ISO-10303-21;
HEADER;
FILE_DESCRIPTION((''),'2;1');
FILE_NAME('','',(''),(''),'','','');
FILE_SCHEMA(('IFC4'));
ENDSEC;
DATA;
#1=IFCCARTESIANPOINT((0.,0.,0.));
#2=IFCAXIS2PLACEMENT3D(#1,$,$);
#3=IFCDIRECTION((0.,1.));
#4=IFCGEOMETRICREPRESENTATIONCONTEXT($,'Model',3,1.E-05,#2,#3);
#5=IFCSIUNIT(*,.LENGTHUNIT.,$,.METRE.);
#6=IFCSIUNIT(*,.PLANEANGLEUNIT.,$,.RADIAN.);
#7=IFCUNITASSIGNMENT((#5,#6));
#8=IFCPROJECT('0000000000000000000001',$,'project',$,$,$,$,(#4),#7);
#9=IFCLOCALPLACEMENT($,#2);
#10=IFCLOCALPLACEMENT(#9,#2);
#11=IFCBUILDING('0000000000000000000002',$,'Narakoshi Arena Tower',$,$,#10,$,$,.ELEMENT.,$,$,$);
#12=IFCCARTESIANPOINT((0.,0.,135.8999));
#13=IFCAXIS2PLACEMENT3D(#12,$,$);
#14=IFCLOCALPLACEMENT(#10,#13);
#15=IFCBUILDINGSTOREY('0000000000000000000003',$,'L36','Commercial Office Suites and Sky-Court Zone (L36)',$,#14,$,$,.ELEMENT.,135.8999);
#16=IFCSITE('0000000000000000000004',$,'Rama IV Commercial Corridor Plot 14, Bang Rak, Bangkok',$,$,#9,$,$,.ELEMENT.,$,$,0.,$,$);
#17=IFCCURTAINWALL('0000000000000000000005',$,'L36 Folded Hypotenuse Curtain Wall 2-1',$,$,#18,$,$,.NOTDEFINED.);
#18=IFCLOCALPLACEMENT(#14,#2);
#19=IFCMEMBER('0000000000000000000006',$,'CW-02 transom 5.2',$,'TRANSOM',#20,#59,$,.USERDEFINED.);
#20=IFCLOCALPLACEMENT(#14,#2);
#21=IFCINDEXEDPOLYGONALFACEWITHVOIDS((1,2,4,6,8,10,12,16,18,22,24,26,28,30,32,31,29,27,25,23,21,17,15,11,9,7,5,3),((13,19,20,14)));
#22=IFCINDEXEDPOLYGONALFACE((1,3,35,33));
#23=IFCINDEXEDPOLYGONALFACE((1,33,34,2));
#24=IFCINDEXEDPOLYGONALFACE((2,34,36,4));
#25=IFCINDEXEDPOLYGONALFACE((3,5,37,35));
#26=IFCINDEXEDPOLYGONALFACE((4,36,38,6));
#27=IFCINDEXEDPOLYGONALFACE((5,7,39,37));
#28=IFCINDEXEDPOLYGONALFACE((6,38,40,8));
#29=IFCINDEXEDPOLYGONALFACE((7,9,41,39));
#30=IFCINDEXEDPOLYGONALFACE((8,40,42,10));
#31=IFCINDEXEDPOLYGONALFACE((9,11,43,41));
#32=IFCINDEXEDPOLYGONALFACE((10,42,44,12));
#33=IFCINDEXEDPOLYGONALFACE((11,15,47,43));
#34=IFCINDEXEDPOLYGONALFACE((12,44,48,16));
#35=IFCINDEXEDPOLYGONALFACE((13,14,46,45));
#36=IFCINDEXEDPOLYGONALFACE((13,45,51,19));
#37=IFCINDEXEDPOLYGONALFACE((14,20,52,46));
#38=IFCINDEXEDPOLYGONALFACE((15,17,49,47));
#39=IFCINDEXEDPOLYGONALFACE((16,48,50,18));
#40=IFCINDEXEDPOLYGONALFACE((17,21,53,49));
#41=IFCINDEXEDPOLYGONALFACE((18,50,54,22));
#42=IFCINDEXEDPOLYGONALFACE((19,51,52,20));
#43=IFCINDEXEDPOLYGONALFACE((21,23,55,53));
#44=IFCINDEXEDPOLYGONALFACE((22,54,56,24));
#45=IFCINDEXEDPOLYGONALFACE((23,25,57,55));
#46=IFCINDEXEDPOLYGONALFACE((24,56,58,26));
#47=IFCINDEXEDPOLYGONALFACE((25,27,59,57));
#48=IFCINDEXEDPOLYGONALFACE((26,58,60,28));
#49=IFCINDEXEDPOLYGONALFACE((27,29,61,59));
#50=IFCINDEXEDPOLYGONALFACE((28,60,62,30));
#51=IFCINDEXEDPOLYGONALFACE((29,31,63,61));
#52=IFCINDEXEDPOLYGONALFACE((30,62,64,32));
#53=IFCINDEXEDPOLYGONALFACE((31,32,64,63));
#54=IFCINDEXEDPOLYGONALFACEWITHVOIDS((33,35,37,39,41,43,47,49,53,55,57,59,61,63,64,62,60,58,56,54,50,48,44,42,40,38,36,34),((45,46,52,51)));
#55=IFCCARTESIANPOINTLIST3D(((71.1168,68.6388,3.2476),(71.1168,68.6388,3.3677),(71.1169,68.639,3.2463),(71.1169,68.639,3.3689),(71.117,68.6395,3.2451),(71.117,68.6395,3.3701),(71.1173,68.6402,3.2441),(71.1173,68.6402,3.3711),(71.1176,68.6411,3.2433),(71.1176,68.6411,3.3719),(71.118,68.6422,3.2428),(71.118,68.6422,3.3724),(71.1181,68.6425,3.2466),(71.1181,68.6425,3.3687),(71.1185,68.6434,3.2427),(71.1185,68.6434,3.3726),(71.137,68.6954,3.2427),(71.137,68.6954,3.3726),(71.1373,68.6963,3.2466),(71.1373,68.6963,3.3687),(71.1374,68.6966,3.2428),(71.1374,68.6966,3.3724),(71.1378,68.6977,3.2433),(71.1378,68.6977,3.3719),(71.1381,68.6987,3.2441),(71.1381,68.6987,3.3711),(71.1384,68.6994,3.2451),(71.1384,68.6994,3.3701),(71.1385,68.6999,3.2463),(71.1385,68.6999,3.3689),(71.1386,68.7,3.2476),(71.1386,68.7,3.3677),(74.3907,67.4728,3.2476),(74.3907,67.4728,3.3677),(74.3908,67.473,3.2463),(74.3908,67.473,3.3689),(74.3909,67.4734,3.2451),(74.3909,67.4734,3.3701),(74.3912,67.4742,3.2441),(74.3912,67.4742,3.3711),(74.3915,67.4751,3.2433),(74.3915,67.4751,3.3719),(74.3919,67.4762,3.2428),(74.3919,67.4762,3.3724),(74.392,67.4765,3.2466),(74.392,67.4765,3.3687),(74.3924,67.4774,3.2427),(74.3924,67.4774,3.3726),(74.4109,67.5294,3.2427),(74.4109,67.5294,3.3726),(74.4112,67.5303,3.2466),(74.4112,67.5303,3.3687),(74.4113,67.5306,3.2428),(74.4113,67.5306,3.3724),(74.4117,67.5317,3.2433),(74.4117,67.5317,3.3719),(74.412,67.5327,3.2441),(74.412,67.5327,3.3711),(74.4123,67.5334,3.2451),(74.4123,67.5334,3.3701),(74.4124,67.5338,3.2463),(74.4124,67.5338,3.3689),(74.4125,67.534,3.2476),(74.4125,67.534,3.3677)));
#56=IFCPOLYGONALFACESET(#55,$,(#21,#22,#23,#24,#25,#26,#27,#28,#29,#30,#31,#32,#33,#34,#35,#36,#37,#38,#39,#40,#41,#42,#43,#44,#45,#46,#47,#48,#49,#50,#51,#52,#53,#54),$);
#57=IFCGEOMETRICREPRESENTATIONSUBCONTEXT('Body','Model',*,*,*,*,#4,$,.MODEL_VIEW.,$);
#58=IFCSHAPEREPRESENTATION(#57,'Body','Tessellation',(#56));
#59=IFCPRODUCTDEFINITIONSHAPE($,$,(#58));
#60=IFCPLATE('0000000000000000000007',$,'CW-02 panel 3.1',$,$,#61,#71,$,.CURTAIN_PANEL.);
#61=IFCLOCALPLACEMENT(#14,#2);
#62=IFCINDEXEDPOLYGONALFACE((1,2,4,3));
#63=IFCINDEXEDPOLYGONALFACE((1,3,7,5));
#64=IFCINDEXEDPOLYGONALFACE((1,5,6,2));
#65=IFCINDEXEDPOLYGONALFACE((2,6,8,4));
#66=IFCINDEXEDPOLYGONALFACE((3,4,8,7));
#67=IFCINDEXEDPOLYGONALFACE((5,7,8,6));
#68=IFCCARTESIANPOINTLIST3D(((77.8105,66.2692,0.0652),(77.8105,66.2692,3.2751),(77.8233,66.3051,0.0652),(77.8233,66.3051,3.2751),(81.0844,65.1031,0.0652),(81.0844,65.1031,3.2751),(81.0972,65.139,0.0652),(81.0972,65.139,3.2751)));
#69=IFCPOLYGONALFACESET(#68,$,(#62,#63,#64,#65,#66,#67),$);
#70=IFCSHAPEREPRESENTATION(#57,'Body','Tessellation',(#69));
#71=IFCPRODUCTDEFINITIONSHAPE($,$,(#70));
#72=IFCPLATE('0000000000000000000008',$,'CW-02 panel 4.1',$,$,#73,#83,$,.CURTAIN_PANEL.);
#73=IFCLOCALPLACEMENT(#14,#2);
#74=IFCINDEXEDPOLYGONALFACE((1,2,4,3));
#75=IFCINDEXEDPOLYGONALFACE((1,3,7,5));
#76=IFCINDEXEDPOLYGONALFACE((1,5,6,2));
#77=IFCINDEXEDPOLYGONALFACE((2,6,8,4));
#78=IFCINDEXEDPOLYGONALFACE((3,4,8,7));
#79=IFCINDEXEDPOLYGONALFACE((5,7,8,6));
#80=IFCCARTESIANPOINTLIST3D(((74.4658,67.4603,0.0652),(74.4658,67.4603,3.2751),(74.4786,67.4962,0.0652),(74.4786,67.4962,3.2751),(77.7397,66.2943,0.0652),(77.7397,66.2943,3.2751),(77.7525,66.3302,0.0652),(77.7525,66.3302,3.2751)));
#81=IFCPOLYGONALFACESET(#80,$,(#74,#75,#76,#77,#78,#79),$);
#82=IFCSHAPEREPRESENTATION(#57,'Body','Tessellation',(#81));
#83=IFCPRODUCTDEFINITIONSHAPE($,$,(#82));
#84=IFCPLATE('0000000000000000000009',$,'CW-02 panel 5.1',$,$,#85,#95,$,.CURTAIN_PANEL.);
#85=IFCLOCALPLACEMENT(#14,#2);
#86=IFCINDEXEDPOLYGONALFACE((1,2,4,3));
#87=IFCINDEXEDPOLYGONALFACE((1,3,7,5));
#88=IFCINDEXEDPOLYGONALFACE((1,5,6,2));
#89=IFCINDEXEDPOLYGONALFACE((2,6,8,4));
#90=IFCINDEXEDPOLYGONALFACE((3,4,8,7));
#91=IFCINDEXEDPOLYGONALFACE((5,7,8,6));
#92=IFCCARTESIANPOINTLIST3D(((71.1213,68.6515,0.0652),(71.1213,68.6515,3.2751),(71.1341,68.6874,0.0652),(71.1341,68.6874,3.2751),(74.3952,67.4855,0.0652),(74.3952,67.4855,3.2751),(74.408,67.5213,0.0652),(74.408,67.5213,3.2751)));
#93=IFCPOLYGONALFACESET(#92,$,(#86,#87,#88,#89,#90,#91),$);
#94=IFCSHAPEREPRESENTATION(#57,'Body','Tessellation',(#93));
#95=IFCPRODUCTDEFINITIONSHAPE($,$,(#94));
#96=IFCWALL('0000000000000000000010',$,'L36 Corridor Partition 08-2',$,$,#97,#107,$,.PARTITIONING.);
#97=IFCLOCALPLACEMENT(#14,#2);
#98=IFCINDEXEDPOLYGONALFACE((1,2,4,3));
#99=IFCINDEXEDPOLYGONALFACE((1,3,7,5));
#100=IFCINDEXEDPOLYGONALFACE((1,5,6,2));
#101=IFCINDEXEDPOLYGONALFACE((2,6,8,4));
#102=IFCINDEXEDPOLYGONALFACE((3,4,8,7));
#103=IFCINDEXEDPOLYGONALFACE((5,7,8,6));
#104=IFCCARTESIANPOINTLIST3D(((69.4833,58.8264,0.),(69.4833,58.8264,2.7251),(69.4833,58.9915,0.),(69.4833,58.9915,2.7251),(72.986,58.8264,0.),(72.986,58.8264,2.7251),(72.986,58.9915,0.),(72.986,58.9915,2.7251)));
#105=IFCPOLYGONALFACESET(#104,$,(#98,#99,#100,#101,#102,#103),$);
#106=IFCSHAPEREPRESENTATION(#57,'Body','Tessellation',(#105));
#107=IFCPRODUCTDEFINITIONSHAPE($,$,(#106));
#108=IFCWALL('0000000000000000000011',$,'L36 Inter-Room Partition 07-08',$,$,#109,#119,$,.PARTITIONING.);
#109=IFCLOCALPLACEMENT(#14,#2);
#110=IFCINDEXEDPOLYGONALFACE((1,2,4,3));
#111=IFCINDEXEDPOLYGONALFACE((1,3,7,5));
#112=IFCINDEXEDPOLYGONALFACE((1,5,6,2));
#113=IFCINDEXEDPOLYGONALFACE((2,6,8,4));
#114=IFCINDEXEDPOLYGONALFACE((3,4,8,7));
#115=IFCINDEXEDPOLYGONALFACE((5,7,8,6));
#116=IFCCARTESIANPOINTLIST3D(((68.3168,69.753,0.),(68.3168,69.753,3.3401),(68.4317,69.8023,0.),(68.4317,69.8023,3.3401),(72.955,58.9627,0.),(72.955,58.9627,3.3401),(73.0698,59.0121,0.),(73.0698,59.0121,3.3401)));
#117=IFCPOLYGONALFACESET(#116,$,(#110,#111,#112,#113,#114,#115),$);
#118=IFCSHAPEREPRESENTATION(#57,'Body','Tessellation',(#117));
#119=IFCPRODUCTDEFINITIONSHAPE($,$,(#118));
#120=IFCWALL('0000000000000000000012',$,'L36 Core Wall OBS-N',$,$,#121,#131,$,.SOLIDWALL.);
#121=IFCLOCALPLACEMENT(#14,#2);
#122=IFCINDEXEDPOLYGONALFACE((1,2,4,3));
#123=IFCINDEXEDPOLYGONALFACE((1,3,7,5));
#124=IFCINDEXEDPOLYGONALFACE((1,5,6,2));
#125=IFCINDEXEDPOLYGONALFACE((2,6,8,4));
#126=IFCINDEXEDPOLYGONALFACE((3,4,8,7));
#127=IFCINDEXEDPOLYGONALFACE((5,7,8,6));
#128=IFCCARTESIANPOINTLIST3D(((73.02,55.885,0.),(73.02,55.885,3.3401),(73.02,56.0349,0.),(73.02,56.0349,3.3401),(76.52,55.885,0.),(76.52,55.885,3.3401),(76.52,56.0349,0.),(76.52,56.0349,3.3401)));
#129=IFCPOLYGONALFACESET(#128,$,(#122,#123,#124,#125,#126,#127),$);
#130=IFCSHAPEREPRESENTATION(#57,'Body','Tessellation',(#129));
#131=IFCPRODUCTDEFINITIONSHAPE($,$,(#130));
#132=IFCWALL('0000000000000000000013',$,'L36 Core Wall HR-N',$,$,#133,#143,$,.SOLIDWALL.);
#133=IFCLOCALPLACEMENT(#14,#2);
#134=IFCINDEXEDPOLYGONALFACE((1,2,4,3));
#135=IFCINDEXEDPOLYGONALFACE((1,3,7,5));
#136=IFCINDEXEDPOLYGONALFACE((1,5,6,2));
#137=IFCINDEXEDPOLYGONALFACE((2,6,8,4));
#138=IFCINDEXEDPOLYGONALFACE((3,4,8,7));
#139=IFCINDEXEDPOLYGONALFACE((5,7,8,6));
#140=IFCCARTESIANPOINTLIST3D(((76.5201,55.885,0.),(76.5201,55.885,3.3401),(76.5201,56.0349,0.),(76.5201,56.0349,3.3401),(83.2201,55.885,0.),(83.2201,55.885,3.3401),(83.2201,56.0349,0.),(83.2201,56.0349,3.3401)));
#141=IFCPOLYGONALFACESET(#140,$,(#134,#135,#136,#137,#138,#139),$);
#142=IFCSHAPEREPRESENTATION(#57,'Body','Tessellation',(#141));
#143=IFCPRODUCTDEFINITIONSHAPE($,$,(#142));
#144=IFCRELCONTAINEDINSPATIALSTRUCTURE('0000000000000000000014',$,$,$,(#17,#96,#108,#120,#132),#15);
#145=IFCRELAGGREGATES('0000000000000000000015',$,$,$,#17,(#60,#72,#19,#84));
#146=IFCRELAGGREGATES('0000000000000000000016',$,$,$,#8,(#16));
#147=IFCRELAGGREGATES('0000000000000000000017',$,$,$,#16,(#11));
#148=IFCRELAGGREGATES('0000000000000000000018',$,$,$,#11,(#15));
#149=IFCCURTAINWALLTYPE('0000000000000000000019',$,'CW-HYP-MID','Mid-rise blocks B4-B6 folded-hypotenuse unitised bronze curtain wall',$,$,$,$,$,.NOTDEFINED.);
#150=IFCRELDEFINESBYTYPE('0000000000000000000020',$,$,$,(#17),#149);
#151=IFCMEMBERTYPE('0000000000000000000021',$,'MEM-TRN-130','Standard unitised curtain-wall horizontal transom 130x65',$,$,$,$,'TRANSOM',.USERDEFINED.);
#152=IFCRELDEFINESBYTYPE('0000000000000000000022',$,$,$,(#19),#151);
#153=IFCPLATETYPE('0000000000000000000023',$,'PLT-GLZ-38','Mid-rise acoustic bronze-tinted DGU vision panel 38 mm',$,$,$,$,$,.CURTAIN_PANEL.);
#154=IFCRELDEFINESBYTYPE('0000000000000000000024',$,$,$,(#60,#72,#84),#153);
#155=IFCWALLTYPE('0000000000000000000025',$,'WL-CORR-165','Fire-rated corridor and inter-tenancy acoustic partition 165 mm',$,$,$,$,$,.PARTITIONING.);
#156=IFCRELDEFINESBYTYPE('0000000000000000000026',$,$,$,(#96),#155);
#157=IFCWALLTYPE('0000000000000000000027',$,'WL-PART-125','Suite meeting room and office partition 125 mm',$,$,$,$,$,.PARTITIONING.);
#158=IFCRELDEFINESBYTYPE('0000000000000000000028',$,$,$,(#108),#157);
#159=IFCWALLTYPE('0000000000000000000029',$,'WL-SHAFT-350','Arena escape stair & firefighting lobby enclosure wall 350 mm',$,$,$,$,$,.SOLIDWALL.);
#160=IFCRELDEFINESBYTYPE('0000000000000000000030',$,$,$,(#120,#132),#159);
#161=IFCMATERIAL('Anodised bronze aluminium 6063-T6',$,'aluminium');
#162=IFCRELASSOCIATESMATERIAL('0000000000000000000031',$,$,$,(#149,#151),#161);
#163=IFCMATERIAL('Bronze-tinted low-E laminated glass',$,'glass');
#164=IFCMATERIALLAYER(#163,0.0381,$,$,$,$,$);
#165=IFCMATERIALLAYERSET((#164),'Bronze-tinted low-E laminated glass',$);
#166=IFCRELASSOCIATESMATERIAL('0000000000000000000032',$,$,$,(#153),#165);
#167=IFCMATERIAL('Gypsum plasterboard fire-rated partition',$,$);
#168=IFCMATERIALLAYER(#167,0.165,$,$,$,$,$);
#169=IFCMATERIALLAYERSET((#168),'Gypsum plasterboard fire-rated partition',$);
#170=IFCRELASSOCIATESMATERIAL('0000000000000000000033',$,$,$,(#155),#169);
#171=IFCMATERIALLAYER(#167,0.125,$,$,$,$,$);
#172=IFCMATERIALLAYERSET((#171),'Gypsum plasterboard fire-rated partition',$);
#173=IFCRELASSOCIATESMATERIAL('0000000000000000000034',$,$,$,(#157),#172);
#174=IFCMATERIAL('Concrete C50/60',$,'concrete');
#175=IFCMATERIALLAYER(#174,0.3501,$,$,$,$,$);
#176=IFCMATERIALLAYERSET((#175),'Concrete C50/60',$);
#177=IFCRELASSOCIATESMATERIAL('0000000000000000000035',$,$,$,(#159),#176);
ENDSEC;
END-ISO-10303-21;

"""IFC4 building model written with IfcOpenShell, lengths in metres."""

from ifc_helpers import new_model, si_unit, direction, frame, frame_2d, origin, origin_2d, place, context, subcontext, project, spatial, rectangle, hollow_rectangle, extrude, material, layer, layer_set, material_profile, profile_set, type_object, element, aggregate, save


model = new_model("IFC4")

# Units and contexts
model_context = context("Model", 3, precision=1e-05, world=origin(), true_north=direction((0.0, 1.0)))
body_context = subcontext(model_context, "Body", "Model", "MODEL_VIEW")
ifc_project = project(units=[si_unit("LENGTHUNIT", "METRE"), si_unit("PLANEANGLEUNIT", "RADIAN")], contexts=[model_context])

# Site, building, storey
site_placement = place(None, origin())
site = spatial("IfcSite", under=ifc_project, at=site_placement, Name="Rama IV Commercial Corridor Plot 14, Bang Rak, Bangkok", CompositionType="ELEMENT", RefElevation=0.0)
building_placement = place(site_placement, origin())
building = spatial("IfcBuilding", under=site, at=building_placement, Name="Narakoshi Arena Tower", CompositionType="ELEMENT")
storey_placement = place(building_placement, frame((0.0, 0.0, 135.8999)))
storey = spatial("IfcBuildingStorey", under=building, at=storey_placement, Name="L36", Description="Commercial Office Suites and Sky-Court Zone (L36)", CompositionType="ELEMENT", Elevation=135.8999)

# Curtain wall, member, plates
ifc_material_1 = material(Name="Anodised bronze aluminium 6063-T6", Category="aluminium")
curtain_wall_type = type_object("IfcCurtainWallType", Name="CW-HYP-MID", Description="Mid-rise blocks B4-B6 folded-hypotenuse unitised bronze curtain wall", PredefinedType="NOTDEFINED", material=ifc_material_1)
curtain_wall_placement = place(storey_placement, origin())
curtain_wall = element("IfcCurtainWall", 1, at=curtain_wall_placement, inside=storey, type_object=curtain_wall_type, Name="L36 Folded Hypotenuse Curtain Wall 2-1", PredefinedType="NOTDEFINED")
ifc_material_profile_1 = material_profile(ifc_material_1, hollow_rectangle(XDim=0.0649, YDim=0.1299, WallThickness=0.0039, OuterFilletRadius=0.0049, at=origin_2d()), Name="TRN130x65x4")
ifc_profile_set_1 = profile_set([ifc_material_profile_1], Name="Anodised bronze aluminium 6063-T6")
member_type_1 = type_object("IfcMemberType", Name="MEM-TRN-130", Description="Standard unitised curtain-wall horizontal transom 130x65", ElementType="TRANSOM", PredefinedType="USERDEFINED", material=ifc_profile_set_1)
member_1_placement = place(storey_placement, frame((74.4016, 67.5034, 3.3076), z_axis=(-0.942037, 0.335509, 0.0), x_axis=(-0.335509, -0.942037, 0.0)))
member_1 = element("IfcMember", 2, at=member_1_placement, type_object=member_type_1, Name="CW-02 transom 5.2", ObjectType="TRANSOM", PredefinedType="USERDEFINED", context=body_context, shape_type="SweptSolid", body=[
    extrude(hollow_rectangle(XDim=0.0649, YDim=0.1299, WallThickness=0.0039, OuterFilletRadius=0.0049, at=origin_2d()), origin(), (0.0, 0.0, 1.0), 3.4753),
])
ifc_material_2 = material(Name="Bronze-tinted low-E laminated glass", Category="glass")
ifc_layer_1 = layer(ifc_material_2, 0.0381)
ifc_layer_set_1 = layer_set([ifc_layer_1], Name="Bronze-tinted low-E laminated glass")
plate_type = type_object("IfcPlateType", Name="PLT-GLZ-38", Description="Mid-rise acoustic bronze-tinted DGU vision panel 38 mm", PredefinedType="CURTAIN_PANEL", material=ifc_layer_set_1)
plate_1_placement = place(storey_placement, frame((79.4539, 65.7041, 0.0652), z_axis=(0.0, 0.0, 1.0), x_axis=(-0.942034, 0.335518, 0.0)))
plate_1 = element("IfcPlate", 3, at=plate_1_placement, type_object=plate_type, Name="CW-02 panel 3.1", PredefinedType="CURTAIN_PANEL", context=body_context, shape_type="SweptSolid", body=[
    extrude(rectangle(XDim=3.4753, YDim=0.0381, at=origin_2d()), origin(), (0.0, 0.0, 1.0), 3.21),
])
plate_2_placement = place(storey_placement, frame((76.1091, 66.8953, 0.0652), z_axis=(0.0, 0.0, 1.0), x_axis=(-0.942034, 0.335518, 0.0)))
plate_2 = element("IfcPlate", 4, at=plate_2_placement, type_object=plate_type, Name="CW-02 panel 4.1", PredefinedType="CURTAIN_PANEL", context=body_context, shape_type="SweptSolid", body=[
    extrude(rectangle(XDim=3.4753, YDim=0.0381, at=origin_2d()), origin(), (0.0, 0.0, 1.0), 3.21),
])
plate_3_placement = place(storey_placement, frame((72.7646, 68.0864, 0.0652), z_axis=(0.0, 0.0, 1.0), x_axis=(-0.942034, 0.335518, 0.0)))
plate_3 = element("IfcPlate", 5, at=plate_3_placement, type_object=plate_type, Name="CW-02 panel 5.1", PredefinedType="CURTAIN_PANEL", context=body_context, shape_type="SweptSolid", body=[
    extrude(rectangle(XDim=3.4753, YDim=0.0381, at=origin_2d()), origin(), (0.0, 0.0, 1.0), 3.21),
])
aggregate(curtain_wall, [plate_1, plate_2, member_1, plate_3])

# Walls
ifc_material_3 = material(Name="Gypsum plasterboard fire-rated partition")
ifc_layer_2 = layer(ifc_material_3, 0.165)
ifc_layer_set_2 = layer_set([ifc_layer_2], Name="Gypsum plasterboard fire-rated partition")
wall_type_1 = type_object("IfcWallType", Name="WL-CORR-165", Description="Fire-rated corridor and inter-tenancy acoustic partition 165 mm", PredefinedType="PARTITIONING", material=ifc_layer_set_2)
wall_1_placement = place(storey_placement, frame((72.9861, 58.9089, 0.0), z_axis=(0.0, 0.0, 1.0), x_axis=(-1.0, 0.0, 0.0)))
element("IfcWall", 6, at=wall_1_placement, inside=storey, type_object=wall_type_1, Name="L36 Corridor Partition 08-2", PredefinedType="PARTITIONING", context=body_context, shape_type="SweptSolid", body=[
    extrude(rectangle(XDim=3.5027, YDim=0.165, at=frame_2d((1.7515, 0.0))), origin(), (0.0, 0.0, 1.0), 2.7251),
])
ifc_layer_3 = layer(ifc_material_3, 0.125)
ifc_layer_set_3 = layer_set([ifc_layer_3], Name="Gypsum plasterboard fire-rated partition")
wall_type_2 = type_object("IfcWallType", Name="WL-PART-125", Description="Suite meeting room and office partition 125 mm", PredefinedType="PARTITIONING", material=ifc_layer_set_3)
wall_2_placement = place(storey_placement, frame((73.0125, 58.9873, 0.0), z_axis=(0.0, 0.0, 1.0), x_axis=(-0.39491, 0.91872, 0.0)))
element("IfcWall", 7, at=wall_2_placement, inside=storey, type_object=wall_type_2, Name="L36 Inter-Room Partition 07-08", PredefinedType="PARTITIONING", context=body_context, shape_type="SweptSolid", body=[
    extrude(rectangle(XDim=11.7449, YDim=0.125, at=frame_2d((5.8726, 0.0))), origin(), (0.0, 0.0, 1.0), 3.3401),
])
ifc_material_4 = material(Name="Concrete C50/60", Category="concrete")
ifc_layer_4 = layer(ifc_material_4, 0.3501)
ifc_layer_set_4 = layer_set([ifc_layer_4], Name="Concrete C50/60")
wall_type_3 = type_object("IfcWallType", Name="WL-SHAFT-350", Description="Arena escape stair & firefighting lobby enclosure wall 350 mm", PredefinedType="SOLIDWALL", material=ifc_layer_set_4)
wall_3_placement = place(storey_placement, frame((73.02, 55.96, 0.0), z_axis=(0.0, 0.0, 1.0), x_axis=(1.0, 0.0, 0.0)))
element("IfcWall", 8, at=wall_3_placement, inside=storey, type_object=wall_type_3, Name="L36 Core Wall OBS-N", PredefinedType="SOLIDWALL", context=body_context, shape_type="SweptSolid", body=[
    extrude(rectangle(XDim=3.5, YDim=0.1499, at=frame_2d((1.75, 0.0))), origin(), (0.0, 0.0, 1.0), 3.3401),
])
wall_4_placement = place(storey_placement, frame((76.52, 55.96, 0.0), z_axis=(0.0, 0.0, 1.0), x_axis=(1.0, 0.0, 0.0)))
element("IfcWall", 9, at=wall_4_placement, inside=storey, type_object=wall_type_3, Name="L36 Core Wall HR-N", PredefinedType="SOLIDWALL", context=body_context, shape_type="SweptSolid", body=[
    extrude(rectangle(XDim=6.7, YDim=0.1499, at=frame_2d((3.3501, 0.0))), origin(), (0.0, 0.0, 1.0), 3.3401),
])

save(model, "model.ifc")
